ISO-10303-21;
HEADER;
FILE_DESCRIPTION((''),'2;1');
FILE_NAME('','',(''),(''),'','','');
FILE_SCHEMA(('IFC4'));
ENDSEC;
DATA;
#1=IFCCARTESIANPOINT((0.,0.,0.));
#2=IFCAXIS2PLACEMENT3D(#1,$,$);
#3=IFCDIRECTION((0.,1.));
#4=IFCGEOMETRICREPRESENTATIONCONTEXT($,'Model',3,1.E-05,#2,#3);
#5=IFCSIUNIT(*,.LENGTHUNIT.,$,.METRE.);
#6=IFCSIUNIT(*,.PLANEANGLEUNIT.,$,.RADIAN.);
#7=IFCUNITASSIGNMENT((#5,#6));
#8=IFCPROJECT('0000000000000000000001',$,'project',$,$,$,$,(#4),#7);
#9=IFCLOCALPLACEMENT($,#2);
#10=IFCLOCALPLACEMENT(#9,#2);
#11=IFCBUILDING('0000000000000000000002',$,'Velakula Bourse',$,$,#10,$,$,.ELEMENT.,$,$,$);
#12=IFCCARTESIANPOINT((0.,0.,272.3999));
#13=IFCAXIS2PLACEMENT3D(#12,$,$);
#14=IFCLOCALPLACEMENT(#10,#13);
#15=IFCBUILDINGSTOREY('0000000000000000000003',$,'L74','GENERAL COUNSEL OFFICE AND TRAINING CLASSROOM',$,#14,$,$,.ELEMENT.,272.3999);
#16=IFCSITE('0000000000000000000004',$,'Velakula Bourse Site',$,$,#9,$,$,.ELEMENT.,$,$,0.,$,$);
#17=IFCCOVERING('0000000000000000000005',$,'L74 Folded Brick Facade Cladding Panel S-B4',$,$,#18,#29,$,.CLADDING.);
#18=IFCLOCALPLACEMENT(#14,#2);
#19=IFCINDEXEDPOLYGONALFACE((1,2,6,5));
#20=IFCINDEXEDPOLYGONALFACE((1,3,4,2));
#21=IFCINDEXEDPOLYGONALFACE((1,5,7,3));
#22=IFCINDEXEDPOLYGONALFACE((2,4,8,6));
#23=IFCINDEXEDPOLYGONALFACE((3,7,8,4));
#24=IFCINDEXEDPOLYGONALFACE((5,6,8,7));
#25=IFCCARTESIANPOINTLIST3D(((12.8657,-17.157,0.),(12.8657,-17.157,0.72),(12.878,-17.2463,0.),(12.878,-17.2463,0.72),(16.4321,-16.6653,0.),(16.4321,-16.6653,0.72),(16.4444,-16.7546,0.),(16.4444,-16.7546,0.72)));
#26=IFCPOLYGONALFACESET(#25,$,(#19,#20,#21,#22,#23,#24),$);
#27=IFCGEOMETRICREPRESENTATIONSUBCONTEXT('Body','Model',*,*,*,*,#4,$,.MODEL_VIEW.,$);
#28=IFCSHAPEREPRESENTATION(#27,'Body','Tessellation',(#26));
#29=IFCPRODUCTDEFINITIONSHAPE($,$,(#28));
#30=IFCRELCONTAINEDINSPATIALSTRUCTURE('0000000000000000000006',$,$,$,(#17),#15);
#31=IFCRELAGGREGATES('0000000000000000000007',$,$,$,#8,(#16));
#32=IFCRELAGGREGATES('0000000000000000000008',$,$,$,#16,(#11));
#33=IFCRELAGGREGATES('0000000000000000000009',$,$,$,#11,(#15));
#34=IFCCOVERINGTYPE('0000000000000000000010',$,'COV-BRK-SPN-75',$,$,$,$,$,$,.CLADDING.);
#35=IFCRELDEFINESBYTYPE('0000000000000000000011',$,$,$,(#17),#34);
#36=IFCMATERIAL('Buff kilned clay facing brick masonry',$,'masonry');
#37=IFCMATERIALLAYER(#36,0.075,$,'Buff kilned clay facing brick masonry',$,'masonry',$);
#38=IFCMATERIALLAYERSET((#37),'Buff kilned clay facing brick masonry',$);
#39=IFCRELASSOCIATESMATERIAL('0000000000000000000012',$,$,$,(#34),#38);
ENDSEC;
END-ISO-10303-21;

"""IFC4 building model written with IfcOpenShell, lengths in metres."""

from ifc_helpers import new_model, si_unit, direction, frame, origin, origin_2d, place, context, subcontext, project, spatial, rectangle, extrude, material, layer, layer_set, type_object, element, save


model = new_model("IFC4")

# Units and contexts
model_context = context("Model", 3, precision=1e-05, world=origin(), true_north=direction((0.0, 1.0)))
body_context = subcontext(model_context, "Body", "Model", "MODEL_VIEW")
ifc_project = project(units=[si_unit("LENGTHUNIT", "METRE"), si_unit("PLANEANGLEUNIT", "RADIAN")], contexts=[model_context])

# Site, building, storey
site_placement = place(None, origin())
site = spatial("IfcSite", under=ifc_project, at=site_placement, Name="Velakula Bourse Site", CompositionType="ELEMENT", RefElevation=0.0)
building_placement = place(site_placement, origin())
building = spatial("IfcBuilding", under=site, at=building_placement, Name="Velakula Bourse", CompositionType="ELEMENT")
storey_placement = place(building_placement, frame((0.0, 0.0, 272.3999)))
storey = spatial("IfcBuildingStorey", under=building, at=storey_placement, Name="L74", Description="GENERAL COUNSEL OFFICE AND TRAINING CLASSROOM", CompositionType="ELEMENT", Elevation=272.3999)

# Shared definitions
ifc_material_1 = material(Name="Buff kilned clay facing brick masonry", Category="masonry")

# Covering
ifc_layer_1 = layer(ifc_material_1, 0.075, Name="Buff kilned clay facing brick masonry", Category="masonry")
ifc_layer_set_1 = layer_set([ifc_layer_1], Name="Buff kilned clay facing brick masonry")
covering_type = type_object("IfcCoveringType", Name="COV-BRK-SPN-75", PredefinedType="CLADDING", material=ifc_layer_set_1)
covering_placement = place(storey_placement, frame((14.655, -16.9558, 0.0), z_axis=(0.0, 0.0, 1.0), x_axis=(0.990629, 0.13658, 0.0)))
element("IfcCovering", 1, at=covering_placement, inside=storey, type_object=covering_type, Name="L74 Folded Brick Facade Cladding Panel S-B4", PredefinedType="CLADDING", context=body_context, shape_type="SweptSolid", body=[
    extrude(rectangle(XDim=3.6001, YDim=0.0901, at=origin_2d()), origin(), (0.0, 0.0, 1.0), 0.72),
])

save(model, "model.ifc")
